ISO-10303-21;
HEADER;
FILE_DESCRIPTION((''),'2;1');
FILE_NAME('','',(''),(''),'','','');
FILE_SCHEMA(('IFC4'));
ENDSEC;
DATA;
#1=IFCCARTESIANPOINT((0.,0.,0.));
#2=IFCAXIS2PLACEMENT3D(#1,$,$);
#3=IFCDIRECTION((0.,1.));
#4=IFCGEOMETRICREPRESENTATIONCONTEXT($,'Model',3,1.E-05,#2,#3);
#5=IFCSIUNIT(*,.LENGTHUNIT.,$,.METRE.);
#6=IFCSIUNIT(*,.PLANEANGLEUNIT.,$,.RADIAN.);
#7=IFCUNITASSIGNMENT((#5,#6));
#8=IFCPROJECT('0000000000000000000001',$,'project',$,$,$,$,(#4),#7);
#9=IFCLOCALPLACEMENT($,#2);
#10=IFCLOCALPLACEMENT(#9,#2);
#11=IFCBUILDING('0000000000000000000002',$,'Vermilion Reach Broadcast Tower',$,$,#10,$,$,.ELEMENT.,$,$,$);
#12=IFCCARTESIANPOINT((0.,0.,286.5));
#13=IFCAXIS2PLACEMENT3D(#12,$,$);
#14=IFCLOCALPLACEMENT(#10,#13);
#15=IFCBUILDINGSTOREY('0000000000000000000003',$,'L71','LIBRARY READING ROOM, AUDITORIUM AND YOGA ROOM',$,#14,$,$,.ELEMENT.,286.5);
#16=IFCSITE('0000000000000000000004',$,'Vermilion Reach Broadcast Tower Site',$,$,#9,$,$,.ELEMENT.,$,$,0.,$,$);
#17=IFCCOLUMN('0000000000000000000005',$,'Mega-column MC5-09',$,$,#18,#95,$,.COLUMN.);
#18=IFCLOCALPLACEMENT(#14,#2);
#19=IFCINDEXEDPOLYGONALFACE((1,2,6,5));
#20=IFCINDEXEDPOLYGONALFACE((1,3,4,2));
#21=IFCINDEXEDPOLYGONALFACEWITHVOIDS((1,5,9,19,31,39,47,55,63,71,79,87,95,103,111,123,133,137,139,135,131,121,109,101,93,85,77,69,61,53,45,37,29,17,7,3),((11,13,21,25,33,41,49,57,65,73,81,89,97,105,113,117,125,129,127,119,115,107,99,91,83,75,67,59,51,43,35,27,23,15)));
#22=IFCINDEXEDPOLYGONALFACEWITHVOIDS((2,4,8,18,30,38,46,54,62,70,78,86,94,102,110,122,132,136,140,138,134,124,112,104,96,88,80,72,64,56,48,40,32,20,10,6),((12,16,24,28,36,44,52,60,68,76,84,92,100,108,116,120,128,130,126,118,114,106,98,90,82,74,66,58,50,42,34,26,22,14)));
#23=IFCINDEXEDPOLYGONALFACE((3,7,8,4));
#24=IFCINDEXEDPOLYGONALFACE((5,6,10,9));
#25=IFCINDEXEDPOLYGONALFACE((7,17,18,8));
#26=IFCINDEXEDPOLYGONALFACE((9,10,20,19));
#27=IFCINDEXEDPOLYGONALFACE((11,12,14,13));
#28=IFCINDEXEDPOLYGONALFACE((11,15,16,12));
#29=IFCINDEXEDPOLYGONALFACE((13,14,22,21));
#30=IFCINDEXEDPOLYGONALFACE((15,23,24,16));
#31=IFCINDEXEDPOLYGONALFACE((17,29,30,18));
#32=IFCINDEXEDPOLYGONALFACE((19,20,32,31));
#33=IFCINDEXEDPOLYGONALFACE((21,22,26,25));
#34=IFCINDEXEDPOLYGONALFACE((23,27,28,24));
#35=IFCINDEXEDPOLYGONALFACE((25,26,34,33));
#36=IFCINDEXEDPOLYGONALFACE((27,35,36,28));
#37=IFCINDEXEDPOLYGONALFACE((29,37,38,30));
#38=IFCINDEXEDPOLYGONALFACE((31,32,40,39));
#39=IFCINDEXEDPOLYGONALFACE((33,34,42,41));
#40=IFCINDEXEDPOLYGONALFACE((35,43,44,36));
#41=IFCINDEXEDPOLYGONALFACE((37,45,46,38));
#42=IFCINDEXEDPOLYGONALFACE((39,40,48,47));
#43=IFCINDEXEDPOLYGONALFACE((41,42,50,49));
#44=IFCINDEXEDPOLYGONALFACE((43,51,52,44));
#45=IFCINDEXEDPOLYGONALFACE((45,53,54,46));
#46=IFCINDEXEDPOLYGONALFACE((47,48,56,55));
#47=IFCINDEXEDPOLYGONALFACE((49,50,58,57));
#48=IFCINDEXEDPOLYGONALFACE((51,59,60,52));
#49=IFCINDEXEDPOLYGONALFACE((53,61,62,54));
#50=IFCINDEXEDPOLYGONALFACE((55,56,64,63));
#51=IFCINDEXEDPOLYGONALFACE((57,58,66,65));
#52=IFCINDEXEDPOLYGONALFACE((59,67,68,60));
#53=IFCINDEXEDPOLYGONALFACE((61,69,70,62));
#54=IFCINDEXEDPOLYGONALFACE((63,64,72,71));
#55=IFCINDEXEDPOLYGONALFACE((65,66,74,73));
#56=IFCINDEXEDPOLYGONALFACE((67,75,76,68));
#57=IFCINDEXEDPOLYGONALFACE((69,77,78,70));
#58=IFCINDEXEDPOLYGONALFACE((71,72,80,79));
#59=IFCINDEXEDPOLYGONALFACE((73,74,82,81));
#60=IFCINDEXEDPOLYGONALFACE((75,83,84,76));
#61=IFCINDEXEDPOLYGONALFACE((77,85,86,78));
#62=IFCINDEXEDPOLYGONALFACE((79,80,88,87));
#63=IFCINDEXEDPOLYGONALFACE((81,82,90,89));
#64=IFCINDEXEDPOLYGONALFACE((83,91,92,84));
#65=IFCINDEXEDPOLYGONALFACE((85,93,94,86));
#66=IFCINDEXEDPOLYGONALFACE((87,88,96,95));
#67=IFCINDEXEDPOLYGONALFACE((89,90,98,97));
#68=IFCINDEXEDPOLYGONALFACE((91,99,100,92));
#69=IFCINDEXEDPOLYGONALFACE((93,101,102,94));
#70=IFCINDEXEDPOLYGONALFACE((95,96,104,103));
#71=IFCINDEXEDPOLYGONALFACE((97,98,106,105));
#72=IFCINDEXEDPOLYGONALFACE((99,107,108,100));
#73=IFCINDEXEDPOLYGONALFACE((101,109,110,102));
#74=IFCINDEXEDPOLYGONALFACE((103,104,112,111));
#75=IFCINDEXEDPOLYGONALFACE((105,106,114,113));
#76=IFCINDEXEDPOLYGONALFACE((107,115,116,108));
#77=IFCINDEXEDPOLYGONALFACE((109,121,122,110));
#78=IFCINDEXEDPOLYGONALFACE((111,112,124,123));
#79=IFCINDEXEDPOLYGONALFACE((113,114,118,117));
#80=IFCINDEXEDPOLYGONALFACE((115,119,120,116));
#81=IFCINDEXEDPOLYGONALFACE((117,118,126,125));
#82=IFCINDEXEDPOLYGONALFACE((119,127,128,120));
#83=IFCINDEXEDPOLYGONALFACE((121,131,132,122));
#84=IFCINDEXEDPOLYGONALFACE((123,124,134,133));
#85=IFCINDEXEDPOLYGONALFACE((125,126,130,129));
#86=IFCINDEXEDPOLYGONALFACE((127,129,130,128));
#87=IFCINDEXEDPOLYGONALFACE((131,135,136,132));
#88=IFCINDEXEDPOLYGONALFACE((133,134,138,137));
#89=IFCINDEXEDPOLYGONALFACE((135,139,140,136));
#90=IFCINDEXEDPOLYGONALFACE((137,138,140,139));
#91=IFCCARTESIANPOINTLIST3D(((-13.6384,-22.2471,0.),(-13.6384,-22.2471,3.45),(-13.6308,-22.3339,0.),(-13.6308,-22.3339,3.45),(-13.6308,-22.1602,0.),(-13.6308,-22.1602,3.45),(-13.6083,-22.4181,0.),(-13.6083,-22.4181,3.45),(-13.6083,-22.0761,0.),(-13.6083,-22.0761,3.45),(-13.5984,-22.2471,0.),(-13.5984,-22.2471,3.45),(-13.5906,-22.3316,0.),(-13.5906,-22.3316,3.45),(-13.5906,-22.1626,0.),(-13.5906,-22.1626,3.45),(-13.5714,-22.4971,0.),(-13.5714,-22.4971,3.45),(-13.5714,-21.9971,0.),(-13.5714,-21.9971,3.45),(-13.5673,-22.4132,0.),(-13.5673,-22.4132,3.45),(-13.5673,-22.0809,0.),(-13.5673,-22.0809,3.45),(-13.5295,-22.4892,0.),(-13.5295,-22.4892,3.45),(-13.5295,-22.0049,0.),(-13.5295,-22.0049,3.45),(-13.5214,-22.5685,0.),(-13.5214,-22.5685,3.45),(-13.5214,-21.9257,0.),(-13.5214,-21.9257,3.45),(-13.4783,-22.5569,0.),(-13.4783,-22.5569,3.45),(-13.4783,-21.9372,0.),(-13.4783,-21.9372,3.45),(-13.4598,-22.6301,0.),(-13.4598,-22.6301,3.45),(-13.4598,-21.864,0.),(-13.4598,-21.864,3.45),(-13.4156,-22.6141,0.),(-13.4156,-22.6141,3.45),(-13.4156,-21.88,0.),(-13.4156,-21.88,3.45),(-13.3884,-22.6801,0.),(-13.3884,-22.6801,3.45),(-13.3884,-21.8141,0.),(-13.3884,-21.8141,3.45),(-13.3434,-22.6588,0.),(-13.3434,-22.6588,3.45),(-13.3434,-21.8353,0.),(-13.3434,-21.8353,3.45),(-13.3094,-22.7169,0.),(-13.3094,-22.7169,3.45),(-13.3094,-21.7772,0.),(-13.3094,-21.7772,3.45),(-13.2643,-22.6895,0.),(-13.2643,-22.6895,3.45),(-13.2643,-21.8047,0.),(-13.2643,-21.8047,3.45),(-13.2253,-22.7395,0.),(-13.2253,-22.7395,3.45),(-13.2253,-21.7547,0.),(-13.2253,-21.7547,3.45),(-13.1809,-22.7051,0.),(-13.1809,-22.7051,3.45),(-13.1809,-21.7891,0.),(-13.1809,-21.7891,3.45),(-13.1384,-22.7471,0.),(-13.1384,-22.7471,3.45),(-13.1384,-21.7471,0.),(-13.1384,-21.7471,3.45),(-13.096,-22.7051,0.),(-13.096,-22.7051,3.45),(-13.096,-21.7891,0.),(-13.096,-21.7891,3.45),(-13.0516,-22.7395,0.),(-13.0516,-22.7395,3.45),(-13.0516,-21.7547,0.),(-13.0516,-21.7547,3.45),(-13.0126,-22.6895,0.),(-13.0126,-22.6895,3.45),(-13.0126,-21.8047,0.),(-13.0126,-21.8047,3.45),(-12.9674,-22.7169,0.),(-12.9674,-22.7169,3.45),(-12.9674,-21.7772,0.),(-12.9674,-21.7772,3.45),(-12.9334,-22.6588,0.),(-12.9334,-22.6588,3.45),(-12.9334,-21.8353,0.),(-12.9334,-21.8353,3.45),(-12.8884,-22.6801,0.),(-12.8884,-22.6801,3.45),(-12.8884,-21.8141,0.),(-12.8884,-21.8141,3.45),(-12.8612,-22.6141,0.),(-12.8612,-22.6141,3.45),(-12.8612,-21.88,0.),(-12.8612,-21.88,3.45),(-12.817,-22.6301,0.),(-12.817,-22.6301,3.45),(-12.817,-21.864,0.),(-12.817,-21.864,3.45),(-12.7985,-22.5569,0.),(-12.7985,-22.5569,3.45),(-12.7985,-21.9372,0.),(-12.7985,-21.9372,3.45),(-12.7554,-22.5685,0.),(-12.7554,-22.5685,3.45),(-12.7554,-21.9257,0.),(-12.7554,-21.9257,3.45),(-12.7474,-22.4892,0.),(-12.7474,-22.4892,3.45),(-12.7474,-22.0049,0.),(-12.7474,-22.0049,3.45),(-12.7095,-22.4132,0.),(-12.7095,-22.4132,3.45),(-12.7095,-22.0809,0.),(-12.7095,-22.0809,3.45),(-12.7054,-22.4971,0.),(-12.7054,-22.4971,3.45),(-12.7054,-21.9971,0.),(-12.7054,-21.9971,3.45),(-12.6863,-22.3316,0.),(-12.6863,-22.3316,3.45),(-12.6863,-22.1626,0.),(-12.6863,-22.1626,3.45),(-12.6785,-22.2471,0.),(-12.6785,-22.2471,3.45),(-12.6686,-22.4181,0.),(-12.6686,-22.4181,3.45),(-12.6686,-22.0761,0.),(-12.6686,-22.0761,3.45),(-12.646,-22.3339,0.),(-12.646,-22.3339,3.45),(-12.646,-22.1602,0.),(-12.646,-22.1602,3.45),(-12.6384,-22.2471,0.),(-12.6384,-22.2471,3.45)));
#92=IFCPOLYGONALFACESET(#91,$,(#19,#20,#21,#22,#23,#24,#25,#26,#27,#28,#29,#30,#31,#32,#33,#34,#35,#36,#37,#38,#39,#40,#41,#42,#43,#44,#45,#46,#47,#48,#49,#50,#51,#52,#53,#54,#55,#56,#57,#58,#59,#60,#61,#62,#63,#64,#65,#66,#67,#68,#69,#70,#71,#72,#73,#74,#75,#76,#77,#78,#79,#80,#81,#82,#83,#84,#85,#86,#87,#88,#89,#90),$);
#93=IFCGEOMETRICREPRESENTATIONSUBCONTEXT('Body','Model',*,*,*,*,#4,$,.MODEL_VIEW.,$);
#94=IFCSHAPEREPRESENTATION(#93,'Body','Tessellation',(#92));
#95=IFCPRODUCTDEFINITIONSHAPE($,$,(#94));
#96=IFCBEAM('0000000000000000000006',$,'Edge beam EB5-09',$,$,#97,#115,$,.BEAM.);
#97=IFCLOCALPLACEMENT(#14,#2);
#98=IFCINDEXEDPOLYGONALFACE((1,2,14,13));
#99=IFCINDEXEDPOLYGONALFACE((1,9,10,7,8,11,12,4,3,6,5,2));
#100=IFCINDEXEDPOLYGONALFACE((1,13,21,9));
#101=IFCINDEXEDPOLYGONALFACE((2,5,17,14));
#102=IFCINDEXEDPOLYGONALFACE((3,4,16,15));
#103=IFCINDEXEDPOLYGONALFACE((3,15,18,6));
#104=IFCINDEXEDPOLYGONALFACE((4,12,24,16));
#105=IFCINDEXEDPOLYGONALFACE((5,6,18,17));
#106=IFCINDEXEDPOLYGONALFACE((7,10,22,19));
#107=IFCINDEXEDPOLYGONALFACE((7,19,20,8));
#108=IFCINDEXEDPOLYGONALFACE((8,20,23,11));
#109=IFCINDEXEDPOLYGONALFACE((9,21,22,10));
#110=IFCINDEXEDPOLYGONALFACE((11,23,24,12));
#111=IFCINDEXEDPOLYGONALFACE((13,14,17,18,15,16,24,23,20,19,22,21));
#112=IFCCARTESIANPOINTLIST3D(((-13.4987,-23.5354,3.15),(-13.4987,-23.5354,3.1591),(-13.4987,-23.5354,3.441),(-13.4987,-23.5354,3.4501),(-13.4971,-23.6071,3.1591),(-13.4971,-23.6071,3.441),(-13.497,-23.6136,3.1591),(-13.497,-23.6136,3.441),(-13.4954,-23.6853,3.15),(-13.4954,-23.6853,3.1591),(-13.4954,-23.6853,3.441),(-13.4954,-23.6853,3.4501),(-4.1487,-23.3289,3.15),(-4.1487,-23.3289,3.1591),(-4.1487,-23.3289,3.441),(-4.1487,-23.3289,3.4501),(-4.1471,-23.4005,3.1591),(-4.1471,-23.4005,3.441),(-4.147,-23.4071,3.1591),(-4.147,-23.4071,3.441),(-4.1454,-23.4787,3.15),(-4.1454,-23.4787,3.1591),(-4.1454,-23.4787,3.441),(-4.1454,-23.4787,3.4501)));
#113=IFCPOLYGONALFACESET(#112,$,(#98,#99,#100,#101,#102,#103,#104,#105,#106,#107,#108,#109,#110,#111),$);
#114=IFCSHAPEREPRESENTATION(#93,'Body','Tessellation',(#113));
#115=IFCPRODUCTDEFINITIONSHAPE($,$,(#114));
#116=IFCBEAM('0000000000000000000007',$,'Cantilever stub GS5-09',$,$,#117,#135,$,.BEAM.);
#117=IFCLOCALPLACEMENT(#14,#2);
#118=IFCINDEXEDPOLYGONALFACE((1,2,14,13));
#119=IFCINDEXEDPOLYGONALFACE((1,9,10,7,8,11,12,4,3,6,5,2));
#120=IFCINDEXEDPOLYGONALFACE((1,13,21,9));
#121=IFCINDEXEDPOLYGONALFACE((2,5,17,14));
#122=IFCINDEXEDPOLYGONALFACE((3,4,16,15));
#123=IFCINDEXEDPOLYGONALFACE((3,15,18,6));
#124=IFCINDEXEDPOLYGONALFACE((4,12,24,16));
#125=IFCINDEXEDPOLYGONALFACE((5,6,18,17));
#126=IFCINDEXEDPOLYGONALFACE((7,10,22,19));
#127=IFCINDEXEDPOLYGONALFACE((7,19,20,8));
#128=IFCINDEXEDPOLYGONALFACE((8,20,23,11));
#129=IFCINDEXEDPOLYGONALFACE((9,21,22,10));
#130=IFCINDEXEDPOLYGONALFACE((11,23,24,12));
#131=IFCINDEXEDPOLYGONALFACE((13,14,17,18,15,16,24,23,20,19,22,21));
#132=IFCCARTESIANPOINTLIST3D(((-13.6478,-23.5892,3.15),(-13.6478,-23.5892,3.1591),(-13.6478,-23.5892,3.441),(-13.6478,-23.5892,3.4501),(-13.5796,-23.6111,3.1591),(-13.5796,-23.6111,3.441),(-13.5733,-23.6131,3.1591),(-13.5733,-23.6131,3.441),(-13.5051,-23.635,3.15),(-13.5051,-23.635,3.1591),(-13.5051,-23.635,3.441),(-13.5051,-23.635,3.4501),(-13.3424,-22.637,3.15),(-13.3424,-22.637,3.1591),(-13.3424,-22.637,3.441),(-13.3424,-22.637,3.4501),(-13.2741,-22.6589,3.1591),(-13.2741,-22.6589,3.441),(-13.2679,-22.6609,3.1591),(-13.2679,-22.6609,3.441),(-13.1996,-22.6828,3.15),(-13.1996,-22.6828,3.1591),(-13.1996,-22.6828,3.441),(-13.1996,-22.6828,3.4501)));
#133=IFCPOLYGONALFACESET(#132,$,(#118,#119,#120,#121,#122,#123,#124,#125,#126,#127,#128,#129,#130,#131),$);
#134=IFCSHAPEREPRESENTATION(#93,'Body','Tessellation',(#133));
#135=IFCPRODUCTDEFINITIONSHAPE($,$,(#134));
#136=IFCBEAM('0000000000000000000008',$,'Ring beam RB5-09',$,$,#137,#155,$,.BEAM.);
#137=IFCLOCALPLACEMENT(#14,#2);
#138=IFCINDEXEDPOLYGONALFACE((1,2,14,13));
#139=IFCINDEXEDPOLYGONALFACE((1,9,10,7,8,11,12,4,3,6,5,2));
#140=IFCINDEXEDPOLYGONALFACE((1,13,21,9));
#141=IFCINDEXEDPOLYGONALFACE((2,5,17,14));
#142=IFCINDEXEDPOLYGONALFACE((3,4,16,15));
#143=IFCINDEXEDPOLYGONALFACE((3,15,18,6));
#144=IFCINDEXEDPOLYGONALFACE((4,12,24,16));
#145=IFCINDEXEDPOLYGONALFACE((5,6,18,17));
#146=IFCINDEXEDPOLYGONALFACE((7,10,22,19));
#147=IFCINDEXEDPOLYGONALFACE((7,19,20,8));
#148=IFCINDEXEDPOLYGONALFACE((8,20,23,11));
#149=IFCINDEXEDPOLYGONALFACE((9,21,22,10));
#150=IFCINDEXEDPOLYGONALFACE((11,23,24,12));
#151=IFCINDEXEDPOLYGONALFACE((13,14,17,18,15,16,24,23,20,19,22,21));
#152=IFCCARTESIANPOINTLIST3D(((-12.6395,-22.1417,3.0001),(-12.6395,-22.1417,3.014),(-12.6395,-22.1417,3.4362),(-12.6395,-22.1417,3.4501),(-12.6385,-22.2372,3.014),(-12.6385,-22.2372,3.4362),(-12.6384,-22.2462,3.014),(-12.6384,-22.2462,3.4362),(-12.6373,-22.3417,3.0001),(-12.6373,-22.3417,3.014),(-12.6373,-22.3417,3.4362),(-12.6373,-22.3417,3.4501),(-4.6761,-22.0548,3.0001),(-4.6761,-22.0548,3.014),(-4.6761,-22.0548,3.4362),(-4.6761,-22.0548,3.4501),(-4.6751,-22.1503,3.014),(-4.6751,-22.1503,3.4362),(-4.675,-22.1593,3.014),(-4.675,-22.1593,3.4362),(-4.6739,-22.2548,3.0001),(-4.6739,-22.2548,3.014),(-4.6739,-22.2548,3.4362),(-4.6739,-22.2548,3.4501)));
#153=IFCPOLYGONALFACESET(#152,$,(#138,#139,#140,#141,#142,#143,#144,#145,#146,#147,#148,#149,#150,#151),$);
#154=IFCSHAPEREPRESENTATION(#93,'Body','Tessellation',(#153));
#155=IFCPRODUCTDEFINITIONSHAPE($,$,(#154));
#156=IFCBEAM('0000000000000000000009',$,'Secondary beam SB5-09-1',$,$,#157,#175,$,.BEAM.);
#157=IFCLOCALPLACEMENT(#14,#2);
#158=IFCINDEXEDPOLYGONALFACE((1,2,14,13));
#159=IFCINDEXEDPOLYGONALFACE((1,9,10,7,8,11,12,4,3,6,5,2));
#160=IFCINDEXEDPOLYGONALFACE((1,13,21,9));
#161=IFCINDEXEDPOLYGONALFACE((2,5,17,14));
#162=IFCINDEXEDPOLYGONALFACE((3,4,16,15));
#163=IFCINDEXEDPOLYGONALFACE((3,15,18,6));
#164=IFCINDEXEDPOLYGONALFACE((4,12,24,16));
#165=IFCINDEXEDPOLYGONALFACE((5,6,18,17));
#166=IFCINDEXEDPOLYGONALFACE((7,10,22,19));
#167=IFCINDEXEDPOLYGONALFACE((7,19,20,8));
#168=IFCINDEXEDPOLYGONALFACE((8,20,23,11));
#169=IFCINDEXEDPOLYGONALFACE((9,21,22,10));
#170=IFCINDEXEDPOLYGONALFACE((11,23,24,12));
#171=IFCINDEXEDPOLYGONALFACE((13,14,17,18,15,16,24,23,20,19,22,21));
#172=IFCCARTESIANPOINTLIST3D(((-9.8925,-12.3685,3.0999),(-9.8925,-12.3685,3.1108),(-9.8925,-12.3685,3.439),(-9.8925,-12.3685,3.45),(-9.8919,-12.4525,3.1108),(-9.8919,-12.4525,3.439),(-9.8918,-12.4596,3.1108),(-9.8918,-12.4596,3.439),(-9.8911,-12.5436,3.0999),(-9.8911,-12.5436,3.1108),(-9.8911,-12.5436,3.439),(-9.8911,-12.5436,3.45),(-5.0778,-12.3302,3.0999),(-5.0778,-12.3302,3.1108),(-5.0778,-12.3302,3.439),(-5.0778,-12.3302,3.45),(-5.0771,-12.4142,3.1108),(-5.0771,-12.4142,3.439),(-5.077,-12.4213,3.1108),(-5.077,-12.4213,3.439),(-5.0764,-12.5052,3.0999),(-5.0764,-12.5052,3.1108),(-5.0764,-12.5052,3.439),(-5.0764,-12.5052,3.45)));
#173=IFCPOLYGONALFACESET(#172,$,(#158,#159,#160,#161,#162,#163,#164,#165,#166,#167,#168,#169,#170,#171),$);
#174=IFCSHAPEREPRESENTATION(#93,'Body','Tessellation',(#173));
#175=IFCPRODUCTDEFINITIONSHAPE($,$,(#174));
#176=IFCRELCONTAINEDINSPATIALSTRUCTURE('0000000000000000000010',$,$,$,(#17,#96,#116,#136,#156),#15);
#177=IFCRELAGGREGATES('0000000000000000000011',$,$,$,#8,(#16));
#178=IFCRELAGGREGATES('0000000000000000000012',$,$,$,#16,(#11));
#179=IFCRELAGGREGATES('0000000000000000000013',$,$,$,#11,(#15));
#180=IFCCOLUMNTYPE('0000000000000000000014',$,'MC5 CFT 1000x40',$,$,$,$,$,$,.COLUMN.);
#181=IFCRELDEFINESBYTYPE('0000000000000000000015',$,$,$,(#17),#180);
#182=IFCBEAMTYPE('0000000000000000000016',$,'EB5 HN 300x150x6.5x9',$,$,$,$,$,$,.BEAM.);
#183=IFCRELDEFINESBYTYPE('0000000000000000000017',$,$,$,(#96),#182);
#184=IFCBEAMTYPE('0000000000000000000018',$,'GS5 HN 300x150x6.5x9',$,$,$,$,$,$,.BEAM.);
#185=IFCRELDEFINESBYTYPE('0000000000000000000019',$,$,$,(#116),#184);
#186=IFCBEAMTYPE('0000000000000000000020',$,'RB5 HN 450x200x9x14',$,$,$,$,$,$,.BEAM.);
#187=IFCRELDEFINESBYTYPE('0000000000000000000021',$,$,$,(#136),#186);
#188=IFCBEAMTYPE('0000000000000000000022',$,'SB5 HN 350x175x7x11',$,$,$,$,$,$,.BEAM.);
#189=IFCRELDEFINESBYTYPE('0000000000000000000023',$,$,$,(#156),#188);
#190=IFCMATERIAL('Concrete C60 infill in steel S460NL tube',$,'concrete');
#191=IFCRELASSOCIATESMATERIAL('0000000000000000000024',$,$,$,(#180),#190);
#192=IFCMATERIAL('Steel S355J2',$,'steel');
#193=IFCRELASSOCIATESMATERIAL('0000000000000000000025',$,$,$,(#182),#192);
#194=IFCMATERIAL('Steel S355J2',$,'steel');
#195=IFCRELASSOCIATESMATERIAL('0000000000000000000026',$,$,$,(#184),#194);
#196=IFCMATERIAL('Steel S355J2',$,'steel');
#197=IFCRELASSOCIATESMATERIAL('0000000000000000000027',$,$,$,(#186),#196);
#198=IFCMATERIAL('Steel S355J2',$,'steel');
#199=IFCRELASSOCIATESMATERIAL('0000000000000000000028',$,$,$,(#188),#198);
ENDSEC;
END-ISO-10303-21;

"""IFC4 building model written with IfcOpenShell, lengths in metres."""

from ifc_helpers import new_model, si_unit, direction, frame, origin, origin_2d, place, context, subcontext, project, spatial, hollow_circle, i_section, extrude, material, material_profile, profile_set, type_object, element, save


model = new_model("IFC4")

# Units and contexts
model_context = context("Model", 3, precision=1e-05, world=origin(), true_north=direction((0.0, 1.0)))
body_context = subcontext(model_context, "Body", "Model", "MODEL_VIEW")
ifc_project = project(units=[si_unit("LENGTHUNIT", "METRE"), si_unit("PLANEANGLEUNIT", "RADIAN")], contexts=[model_context])

# Site, building, storey
site_placement = place(None, origin())
site = spatial("IfcSite", under=ifc_project, at=site_placement, Name="Vermilion Reach Broadcast Tower Site", CompositionType="ELEMENT", RefElevation=0.0)
building_placement = place(site_placement, origin())
building = spatial("IfcBuilding", under=site, at=building_placement, Name="Vermilion Reach Broadcast Tower", CompositionType="ELEMENT")
storey_placement = place(building_placement, frame((0.0, 0.0, 286.5)))
storey = spatial("IfcBuildingStorey", under=building, at=storey_placement, Name="L71", Description="LIBRARY READING ROOM, AUDITORIUM AND YOGA ROOM", CompositionType="ELEMENT", Elevation=286.5)

# Column
ifc_material_1 = material(Name="Concrete C60 infill in steel S460NL tube", Category="concrete")
ifc_material_profile_1 = material_profile(ifc_material_1, hollow_circle(Radius=0.5, WallThickness=0.04, at=origin_2d()), Name="Concrete C60 infill in steel S460NL tube CFT 1000x40")
ifc_profile_set_1 = profile_set([ifc_material_profile_1], Name="Concrete C60 infill in steel S460NL tube")
column_type = type_object("IfcColumnType", Name="MC5 CFT 1000x40", PredefinedType="COLUMN", material=ifc_profile_set_1)
column_placement = place(storey_placement, frame((-13.1384, -22.2471, 0.0), z_axis=(0.0, 0.0, 1.0), x_axis=(1.0, 0.0, 0.0)))
element("IfcColumn", 1, at=column_placement, inside=storey, type_object=column_type, Name="Mega-column MC5-09", PredefinedType="COLUMN", context=body_context, shape_type="SweptSolid", body=[
    extrude(hollow_circle(Radius=0.5, WallThickness=0.04, at=origin_2d()), origin(), (0.0, 0.0, 1.0), 3.45),
])

# Beams
ifc_material_2 = material(Name="Steel S355J2", Category="steel")
ifc_material_profile_2 = material_profile(ifc_material_2, i_section(OverallWidth=0.1499, OverallDepth=0.3, WebThickness=0.0066, FlangeThickness=0.009, at=origin_2d()), Name="S355J2 HN 300x150x6.5x9")
ifc_profile_set_2 = profile_set([ifc_material_profile_2], Name="Steel S355J2")
beam_type_1 = type_object("IfcBeamType", Name="EB5 HN 300x150x6.5x9", PredefinedType="BEAM", material=ifc_profile_set_2)
beam_1_placement = place(storey_placement, frame((-13.4971, -23.6104, 3.3), z_axis=(0.999756, 0.022085, 0.0), x_axis=(-0.022085, 0.999756, 0.0)))
element("IfcBeam", 2, at=beam_1_placement, inside=storey, type_object=beam_type_1, Name="Edge beam EB5-09", PredefinedType="BEAM", context=body_context, shape_type="SweptSolid", body=[
    extrude(i_section(OverallWidth=0.1499, OverallDepth=0.3, WebThickness=0.0066, FlangeThickness=0.009, at=origin_2d()), origin(), (0.0, 0.0, 1.0), 9.3523),
])
ifc_material_3 = material(Name="Steel S355J2", Category="steel")
ifc_material_profile_3 = material_profile(ifc_material_3, i_section(OverallWidth=0.1499, OverallDepth=0.3, WebThickness=0.0066, FlangeThickness=0.009, at=origin_2d()), Name="S355J2 HN 300x150x6.5x9")
ifc_profile_set_3 = profile_set([ifc_material_profile_3], Name="Steel S355J2")
beam_type_2 = type_object("IfcBeamType", Name="GS5 HN 300x150x6.5x9", PredefinedType="BEAM", material=ifc_profile_set_3)
beam_2_placement = place(storey_placement, frame((-13.271, -22.6599, 3.3), z_axis=(-0.30544, -0.952211, 0.0), x_axis=(0.952211, -0.30544, 0.0)))
element("IfcBeam", 3, at=beam_2_placement, inside=storey, type_object=beam_type_2, Name="Cantilever stub GS5-09", PredefinedType="BEAM", context=body_context, shape_type="SweptSolid", body=[
    extrude(i_section(OverallWidth=0.1499, OverallDepth=0.3, WebThickness=0.0066, FlangeThickness=0.009, at=origin_2d()), origin(), (0.0, 0.0, 1.0), 1.0),
])
ifc_material_4 = material(Name="Steel S355J2", Category="steel")
ifc_material_profile_4 = material_profile(ifc_material_4, i_section(OverallWidth=0.2, OverallDepth=0.45, WebThickness=0.009, FlangeThickness=0.0139, at=origin_2d()), Name="S355J2 HN 450x200x9x14")
ifc_profile_set_4 = profile_set([ifc_material_profile_4], Name="Steel S355J2")
beam_type_3 = type_object("IfcBeamType", Name="RB5 HN 450x200x9x14", PredefinedType="BEAM", material=ifc_profile_set_4)
beam_3_placement = place(storey_placement, frame((-12.6384, -22.2417, 3.2251), z_axis=(0.99994, 0.010914, 0.0), x_axis=(-0.010914, 0.99994, 0.0)))
element("IfcBeam", 4, at=beam_3_placement, inside=storey, type_object=beam_type_3, Name="Ring beam RB5-09", PredefinedType="BEAM", context=body_context, shape_type="SweptSolid", body=[
    extrude(i_section(OverallWidth=0.2, OverallDepth=0.45, WebThickness=0.009, FlangeThickness=0.0139, at=origin_2d()), origin(), (0.0, 0.0, 1.0), 7.9639),
])
ifc_material_5 = material(Name="Steel S355J2", Category="steel")
ifc_material_profile_5 = material_profile(ifc_material_5, i_section(OverallWidth=0.175, OverallDepth=0.3501, WebThickness=0.0071, FlangeThickness=0.011, at=origin_2d()), Name="S355J2 HN 350x175x7x11")
ifc_profile_set_5 = profile_set([ifc_material_profile_5], Name="Steel S355J2")
beam_type_4 = type_object("IfcBeamType", Name="SB5 HN 350x175x7x11", PredefinedType="BEAM", material=ifc_profile_set_5)
beam_4_placement = place(storey_placement, frame((-9.8918, -12.4561, 3.2749), z_axis=(0.999968, 0.007961, 0.0), x_axis=(-0.007961, 0.999968, 0.0)))
element("IfcBeam", 5, at=beam_4_placement, inside=storey, type_object=beam_type_4, Name="Secondary beam SB5-09-1", PredefinedType="BEAM", context=body_context, shape_type="SweptSolid", body=[
    extrude(i_section(OverallWidth=0.175, OverallDepth=0.3501, WebThickness=0.0071, FlangeThickness=0.011, at=origin_2d()), origin(), (0.0, 0.0, 1.0), 4.8149),
])

save(model, "model.ifc")
